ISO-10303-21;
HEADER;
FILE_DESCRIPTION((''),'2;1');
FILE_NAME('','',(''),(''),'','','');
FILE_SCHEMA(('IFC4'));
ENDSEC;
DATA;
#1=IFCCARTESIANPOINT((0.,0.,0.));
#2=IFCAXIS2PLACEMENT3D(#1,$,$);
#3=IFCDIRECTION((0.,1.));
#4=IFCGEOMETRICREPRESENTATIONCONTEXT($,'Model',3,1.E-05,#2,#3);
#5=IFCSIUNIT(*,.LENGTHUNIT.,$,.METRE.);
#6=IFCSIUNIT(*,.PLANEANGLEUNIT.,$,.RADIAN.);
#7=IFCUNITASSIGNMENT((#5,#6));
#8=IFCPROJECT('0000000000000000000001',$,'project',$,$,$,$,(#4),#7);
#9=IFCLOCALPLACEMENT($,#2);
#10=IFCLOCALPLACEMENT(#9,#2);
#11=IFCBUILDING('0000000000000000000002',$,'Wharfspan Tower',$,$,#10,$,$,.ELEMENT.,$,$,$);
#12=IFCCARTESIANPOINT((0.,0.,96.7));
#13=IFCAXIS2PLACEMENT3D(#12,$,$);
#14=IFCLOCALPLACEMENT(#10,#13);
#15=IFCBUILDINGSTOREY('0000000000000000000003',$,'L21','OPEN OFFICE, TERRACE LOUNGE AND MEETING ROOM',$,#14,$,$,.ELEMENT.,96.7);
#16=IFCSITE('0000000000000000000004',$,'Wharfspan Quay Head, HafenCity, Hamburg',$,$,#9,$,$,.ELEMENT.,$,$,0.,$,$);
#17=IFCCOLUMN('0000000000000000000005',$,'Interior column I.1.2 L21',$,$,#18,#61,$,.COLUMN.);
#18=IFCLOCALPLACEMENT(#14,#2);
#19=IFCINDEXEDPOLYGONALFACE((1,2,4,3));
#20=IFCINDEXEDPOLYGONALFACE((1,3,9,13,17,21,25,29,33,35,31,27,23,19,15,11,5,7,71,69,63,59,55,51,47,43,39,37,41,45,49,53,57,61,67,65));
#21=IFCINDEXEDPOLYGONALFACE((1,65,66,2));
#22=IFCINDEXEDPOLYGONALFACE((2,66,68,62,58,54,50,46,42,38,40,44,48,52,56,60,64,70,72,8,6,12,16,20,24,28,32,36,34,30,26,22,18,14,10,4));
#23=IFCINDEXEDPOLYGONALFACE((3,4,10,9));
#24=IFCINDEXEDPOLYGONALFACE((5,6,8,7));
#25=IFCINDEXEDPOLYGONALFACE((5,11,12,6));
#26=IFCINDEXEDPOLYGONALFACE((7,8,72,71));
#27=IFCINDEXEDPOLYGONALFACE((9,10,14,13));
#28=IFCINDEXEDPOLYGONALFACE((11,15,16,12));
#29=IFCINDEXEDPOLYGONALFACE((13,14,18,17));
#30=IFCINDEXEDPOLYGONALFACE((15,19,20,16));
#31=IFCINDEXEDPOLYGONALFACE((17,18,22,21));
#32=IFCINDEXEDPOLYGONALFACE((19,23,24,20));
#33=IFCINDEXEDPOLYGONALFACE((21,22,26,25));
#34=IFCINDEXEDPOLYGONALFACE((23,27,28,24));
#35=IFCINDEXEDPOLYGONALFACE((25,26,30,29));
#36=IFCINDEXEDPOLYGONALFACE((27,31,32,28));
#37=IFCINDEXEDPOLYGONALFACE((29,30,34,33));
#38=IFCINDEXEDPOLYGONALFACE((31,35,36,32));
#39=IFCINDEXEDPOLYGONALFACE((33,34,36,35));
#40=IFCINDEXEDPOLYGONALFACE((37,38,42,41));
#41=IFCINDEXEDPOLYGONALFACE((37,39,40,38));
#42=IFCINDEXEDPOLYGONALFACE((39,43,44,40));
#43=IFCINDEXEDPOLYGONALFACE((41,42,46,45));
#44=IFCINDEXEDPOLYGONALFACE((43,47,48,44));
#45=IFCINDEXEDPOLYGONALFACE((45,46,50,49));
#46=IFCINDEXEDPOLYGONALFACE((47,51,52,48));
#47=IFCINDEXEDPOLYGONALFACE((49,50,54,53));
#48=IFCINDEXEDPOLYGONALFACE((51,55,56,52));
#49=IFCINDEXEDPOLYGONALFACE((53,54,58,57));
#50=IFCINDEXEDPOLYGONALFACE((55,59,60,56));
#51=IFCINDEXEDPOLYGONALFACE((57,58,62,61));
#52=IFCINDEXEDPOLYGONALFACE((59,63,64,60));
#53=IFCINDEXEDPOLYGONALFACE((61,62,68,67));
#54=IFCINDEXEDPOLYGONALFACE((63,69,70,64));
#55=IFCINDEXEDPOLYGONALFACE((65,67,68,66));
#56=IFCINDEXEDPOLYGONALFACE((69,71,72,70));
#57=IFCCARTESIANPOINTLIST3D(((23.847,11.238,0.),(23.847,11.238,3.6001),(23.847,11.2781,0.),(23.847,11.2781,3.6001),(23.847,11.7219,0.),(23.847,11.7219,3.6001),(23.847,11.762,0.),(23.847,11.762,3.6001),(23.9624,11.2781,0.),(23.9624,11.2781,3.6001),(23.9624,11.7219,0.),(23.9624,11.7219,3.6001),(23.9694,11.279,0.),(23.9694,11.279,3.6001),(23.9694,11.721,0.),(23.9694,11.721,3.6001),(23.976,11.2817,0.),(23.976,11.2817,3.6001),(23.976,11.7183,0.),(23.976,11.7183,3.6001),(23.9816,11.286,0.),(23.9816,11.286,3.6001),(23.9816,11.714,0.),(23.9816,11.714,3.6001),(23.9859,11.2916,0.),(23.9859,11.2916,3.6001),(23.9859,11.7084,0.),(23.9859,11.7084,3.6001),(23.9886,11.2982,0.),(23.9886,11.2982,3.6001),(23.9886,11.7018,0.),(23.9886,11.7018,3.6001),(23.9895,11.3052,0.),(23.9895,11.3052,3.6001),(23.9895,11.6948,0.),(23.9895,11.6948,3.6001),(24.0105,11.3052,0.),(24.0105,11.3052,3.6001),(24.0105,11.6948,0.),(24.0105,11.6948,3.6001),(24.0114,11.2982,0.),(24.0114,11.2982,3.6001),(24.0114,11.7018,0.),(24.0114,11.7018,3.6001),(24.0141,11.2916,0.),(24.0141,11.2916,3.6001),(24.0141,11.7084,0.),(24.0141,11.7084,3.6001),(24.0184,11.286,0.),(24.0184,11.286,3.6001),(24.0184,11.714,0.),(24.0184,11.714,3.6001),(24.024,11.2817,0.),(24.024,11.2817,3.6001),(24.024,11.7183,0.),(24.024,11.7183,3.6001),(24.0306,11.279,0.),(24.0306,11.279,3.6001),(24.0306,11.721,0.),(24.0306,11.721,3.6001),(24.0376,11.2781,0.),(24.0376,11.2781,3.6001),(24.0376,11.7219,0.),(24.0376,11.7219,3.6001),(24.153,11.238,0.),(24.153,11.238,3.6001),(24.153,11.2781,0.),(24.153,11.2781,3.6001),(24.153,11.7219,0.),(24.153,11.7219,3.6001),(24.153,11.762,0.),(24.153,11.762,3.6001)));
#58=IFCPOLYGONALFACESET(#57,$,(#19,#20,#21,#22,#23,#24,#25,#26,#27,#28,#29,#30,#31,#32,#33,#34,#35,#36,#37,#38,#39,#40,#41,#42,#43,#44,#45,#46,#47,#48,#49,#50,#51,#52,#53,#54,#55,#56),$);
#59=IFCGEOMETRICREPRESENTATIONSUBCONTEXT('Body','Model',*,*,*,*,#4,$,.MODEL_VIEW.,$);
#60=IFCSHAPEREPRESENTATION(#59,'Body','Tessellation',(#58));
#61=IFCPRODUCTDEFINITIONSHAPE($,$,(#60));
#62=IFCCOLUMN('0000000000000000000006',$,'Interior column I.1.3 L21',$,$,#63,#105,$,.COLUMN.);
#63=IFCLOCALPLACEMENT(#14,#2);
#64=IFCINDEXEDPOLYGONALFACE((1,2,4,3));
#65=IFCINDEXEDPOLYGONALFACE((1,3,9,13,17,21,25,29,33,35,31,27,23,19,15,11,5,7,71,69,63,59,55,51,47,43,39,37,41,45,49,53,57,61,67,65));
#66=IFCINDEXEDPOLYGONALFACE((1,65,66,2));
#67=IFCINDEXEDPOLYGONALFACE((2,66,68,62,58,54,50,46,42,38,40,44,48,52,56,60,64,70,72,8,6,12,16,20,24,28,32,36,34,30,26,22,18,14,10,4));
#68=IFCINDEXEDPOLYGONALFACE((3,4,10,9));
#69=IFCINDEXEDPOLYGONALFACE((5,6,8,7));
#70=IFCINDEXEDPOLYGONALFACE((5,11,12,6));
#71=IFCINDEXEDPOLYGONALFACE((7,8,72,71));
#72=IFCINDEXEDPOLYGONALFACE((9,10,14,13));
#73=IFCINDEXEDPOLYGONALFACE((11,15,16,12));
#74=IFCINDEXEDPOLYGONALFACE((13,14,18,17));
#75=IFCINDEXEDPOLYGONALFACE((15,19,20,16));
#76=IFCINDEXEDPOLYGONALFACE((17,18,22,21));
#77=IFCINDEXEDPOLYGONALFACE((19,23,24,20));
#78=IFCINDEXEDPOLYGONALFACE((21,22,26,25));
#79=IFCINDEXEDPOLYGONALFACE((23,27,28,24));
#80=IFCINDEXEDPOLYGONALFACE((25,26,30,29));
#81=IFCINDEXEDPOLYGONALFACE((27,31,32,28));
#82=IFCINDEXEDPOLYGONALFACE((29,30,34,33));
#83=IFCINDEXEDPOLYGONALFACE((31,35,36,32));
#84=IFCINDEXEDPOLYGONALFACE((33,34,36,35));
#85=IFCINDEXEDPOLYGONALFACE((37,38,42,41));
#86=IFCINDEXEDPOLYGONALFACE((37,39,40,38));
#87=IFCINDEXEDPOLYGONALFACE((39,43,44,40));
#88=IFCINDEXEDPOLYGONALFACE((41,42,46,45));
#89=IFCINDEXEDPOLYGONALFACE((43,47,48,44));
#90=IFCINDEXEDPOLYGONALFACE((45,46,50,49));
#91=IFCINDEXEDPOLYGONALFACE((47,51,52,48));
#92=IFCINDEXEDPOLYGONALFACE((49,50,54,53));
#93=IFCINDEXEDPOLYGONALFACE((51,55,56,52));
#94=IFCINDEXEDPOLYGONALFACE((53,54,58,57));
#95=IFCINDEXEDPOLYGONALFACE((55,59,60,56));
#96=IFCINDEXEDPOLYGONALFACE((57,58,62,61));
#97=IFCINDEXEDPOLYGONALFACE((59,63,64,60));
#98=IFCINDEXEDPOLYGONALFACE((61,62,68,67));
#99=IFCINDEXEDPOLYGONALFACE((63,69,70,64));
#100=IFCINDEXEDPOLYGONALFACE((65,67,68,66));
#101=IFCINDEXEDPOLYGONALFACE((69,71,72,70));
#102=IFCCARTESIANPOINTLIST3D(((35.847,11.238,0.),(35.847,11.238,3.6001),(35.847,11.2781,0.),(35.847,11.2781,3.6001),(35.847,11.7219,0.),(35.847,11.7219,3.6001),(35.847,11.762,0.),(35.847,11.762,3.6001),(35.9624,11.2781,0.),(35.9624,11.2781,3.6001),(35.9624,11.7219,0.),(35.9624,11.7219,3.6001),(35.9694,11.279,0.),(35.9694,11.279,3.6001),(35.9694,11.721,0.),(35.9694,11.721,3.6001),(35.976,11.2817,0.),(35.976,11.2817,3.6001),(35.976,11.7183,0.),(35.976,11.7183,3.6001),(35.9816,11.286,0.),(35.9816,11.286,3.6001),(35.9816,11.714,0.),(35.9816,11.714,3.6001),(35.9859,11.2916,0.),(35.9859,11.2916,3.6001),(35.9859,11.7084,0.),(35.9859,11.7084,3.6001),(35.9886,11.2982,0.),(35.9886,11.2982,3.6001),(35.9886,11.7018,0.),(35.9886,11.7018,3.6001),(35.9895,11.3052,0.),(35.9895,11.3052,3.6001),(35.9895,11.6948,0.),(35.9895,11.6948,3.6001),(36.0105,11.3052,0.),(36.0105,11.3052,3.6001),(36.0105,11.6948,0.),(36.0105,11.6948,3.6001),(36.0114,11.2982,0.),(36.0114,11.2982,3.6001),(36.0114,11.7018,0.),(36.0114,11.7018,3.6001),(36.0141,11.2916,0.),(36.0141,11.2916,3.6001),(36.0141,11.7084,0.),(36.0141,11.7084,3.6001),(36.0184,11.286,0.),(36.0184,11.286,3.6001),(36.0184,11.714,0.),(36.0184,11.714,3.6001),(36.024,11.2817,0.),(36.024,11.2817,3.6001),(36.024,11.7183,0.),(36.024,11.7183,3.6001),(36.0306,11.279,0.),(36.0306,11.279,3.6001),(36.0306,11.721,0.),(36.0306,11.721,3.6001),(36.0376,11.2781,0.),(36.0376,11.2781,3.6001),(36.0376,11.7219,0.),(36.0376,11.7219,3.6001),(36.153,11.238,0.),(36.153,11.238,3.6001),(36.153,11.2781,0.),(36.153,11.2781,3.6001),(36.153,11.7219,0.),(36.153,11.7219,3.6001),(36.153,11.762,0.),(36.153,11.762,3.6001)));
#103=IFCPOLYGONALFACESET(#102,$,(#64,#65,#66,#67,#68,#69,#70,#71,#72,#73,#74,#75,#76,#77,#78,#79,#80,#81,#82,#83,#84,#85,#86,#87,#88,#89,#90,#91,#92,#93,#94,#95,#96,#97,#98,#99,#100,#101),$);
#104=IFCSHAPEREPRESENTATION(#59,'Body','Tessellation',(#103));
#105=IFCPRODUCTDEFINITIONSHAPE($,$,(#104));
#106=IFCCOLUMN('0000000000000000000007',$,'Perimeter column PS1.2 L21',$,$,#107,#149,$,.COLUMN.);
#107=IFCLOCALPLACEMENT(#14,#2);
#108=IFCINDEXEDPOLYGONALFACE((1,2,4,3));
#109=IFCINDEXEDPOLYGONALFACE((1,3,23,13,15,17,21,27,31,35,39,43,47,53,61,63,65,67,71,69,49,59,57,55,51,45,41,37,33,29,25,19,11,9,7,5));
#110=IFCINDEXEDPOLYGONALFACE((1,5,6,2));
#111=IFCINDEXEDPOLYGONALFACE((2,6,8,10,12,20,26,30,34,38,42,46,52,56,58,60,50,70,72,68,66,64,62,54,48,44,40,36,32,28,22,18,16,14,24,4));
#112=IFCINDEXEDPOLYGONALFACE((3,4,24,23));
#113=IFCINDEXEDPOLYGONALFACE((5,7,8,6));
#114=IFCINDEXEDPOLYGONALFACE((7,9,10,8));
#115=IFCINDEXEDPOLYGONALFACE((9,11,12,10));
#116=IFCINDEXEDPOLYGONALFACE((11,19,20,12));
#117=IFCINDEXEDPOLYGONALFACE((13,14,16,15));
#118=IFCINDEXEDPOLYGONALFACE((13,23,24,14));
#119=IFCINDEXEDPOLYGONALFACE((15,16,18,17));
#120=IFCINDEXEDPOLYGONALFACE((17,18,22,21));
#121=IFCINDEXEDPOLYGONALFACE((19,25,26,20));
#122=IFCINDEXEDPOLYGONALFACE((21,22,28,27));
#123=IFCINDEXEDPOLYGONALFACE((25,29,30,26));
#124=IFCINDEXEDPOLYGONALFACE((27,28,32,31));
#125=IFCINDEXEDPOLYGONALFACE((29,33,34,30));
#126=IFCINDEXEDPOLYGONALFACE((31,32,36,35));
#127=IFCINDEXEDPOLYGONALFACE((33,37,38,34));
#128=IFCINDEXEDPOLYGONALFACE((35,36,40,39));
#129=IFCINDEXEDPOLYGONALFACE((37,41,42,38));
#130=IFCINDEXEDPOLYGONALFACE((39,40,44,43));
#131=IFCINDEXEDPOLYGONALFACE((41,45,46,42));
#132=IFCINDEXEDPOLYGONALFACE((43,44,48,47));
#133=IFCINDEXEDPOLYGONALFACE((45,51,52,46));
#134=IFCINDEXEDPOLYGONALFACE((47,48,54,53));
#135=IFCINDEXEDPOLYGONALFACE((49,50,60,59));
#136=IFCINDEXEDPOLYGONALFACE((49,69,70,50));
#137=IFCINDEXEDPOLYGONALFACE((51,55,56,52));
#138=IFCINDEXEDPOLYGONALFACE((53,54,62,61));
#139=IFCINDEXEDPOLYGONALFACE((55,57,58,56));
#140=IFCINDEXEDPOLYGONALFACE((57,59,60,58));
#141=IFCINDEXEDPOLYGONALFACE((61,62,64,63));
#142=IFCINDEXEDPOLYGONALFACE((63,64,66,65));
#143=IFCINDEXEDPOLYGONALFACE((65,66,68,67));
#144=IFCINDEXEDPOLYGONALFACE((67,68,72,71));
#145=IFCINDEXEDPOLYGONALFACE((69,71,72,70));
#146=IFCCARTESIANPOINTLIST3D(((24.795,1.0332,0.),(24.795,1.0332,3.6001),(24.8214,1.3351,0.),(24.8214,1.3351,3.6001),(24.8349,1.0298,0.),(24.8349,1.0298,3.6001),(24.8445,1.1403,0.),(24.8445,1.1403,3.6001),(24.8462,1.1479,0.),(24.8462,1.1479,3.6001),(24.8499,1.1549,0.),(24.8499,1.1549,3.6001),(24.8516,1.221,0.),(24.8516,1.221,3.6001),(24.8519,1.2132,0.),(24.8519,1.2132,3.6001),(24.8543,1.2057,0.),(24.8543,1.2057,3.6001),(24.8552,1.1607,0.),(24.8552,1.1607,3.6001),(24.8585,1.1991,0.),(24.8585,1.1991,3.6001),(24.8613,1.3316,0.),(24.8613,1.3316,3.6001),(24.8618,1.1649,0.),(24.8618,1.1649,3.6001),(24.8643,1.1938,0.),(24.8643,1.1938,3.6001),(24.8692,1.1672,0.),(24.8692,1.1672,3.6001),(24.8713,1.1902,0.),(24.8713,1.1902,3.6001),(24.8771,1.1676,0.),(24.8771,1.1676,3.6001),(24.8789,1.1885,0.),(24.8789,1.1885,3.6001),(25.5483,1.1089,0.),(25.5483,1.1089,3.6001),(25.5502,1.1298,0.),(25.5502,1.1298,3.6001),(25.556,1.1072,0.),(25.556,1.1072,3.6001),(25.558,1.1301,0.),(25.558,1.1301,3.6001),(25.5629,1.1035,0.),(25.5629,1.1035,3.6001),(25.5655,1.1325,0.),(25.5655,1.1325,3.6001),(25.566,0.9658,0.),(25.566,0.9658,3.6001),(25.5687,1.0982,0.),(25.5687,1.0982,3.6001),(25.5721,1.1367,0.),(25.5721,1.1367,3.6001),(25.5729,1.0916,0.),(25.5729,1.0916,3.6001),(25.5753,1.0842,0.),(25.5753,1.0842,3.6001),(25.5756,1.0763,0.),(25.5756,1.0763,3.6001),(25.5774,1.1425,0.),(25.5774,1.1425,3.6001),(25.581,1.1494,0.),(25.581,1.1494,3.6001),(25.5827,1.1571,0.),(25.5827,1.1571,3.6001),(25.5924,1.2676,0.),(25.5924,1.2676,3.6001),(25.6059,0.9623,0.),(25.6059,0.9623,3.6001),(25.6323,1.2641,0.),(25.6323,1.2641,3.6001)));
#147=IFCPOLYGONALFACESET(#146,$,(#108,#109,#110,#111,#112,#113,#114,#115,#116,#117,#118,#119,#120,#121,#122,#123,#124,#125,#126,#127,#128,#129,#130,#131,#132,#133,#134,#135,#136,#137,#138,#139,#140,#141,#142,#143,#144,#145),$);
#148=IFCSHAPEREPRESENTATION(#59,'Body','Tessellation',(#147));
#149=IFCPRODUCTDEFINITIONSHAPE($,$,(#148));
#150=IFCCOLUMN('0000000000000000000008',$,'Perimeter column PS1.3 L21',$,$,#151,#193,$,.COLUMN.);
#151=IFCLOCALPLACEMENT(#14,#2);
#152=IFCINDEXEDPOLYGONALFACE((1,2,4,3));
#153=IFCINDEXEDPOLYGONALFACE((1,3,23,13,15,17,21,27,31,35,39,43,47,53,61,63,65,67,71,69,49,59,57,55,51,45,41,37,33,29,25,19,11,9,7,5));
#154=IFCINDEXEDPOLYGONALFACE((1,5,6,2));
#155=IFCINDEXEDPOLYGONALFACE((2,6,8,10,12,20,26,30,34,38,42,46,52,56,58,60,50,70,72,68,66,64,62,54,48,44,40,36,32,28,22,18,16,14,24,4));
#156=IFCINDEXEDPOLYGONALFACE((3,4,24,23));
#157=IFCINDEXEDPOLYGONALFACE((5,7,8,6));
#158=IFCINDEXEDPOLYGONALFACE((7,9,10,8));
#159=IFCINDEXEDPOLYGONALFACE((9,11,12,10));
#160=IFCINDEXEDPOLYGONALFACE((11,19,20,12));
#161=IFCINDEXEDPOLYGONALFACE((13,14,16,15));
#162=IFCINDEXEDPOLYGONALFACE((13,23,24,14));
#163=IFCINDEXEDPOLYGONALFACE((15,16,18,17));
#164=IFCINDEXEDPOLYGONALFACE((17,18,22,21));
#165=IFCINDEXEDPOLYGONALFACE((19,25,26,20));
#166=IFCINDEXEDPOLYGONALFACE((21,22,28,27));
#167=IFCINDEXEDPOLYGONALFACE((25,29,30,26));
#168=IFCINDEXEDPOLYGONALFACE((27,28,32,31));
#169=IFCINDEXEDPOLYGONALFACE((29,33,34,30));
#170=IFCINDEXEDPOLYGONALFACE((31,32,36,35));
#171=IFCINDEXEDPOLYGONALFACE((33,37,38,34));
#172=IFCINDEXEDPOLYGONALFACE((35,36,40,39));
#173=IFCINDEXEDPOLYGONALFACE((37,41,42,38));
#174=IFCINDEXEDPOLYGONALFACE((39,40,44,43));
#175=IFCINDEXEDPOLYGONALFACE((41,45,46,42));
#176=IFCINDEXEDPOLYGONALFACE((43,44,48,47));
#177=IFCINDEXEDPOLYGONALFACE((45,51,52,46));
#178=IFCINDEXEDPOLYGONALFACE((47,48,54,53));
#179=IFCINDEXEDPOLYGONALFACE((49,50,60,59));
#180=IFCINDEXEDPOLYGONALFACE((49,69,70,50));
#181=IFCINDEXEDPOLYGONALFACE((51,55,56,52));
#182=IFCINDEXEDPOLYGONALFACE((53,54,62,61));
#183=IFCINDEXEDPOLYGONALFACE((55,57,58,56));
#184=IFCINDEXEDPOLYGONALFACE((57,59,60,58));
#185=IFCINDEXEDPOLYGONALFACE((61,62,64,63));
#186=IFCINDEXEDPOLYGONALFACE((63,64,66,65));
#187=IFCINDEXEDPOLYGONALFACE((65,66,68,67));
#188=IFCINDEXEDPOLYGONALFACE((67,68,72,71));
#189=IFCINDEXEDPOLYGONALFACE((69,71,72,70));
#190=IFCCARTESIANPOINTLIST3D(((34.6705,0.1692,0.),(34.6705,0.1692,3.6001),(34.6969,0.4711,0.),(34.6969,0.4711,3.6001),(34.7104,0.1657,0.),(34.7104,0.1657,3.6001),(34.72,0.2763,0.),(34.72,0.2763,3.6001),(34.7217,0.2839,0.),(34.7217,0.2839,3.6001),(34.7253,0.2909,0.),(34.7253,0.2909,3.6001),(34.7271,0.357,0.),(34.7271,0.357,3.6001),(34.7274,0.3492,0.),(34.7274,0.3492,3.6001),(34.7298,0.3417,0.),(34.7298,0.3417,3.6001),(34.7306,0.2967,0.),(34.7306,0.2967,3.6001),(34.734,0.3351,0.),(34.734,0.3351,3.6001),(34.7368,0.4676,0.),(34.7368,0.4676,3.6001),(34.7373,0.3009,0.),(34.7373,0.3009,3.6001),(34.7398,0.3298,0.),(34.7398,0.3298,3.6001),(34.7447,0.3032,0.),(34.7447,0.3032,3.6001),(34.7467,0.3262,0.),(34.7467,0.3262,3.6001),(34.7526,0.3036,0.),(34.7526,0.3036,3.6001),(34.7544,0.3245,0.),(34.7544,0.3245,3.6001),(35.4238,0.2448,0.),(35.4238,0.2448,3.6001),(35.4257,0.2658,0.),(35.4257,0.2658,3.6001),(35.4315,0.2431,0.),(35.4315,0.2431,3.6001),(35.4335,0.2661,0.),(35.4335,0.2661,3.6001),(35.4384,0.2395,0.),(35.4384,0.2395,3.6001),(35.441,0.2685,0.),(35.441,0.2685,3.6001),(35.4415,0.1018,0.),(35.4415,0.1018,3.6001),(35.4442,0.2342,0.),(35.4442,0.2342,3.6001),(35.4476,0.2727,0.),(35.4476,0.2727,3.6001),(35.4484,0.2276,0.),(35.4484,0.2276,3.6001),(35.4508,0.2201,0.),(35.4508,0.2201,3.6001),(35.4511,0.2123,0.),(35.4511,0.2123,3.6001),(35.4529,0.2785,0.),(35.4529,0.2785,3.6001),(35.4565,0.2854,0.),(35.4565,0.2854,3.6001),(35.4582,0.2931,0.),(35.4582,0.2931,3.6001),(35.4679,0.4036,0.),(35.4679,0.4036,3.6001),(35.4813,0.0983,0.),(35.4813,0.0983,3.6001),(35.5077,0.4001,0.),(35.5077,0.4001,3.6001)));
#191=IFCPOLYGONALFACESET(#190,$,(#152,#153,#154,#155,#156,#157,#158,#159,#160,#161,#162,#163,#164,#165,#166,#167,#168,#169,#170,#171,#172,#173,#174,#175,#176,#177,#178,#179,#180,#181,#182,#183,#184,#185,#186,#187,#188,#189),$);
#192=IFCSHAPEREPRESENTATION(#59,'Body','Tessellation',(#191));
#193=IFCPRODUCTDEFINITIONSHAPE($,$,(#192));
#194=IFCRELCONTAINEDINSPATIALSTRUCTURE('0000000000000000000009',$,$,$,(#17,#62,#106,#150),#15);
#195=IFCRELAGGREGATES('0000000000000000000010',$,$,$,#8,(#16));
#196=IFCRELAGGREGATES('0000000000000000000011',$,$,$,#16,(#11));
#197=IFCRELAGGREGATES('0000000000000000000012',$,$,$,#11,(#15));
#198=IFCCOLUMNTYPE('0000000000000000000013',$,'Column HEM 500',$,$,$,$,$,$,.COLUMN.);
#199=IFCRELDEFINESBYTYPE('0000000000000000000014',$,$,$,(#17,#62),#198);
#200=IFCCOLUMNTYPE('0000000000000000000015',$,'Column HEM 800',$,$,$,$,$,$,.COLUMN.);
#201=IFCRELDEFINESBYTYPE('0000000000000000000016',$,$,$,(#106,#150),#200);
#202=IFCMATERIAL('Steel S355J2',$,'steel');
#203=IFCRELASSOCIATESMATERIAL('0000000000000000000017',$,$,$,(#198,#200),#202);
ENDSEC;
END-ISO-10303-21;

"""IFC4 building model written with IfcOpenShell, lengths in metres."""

from ifc_helpers import new_model, si_unit, direction, frame, origin, origin_2d, place, context, subcontext, project, spatial, i_section, extrude, material, material_profile, profile_set, type_object, element, save


model = new_model("IFC4")

# Units and contexts
model_context = context("Model", 3, precision=1e-05, world=origin(), true_north=direction((0.0, 1.0)))
body_context = subcontext(model_context, "Body", "Model", "MODEL_VIEW")
ifc_project = project(units=[si_unit("LENGTHUNIT", "METRE"), si_unit("PLANEANGLEUNIT", "RADIAN")], contexts=[model_context])

# Site, building, storey
site_placement = place(None, origin())
site = spatial("IfcSite", under=ifc_project, at=site_placement, Name="Wharfspan Quay Head, HafenCity, Hamburg", CompositionType="ELEMENT", RefElevation=0.0)
building_placement = place(site_placement, origin())
building = spatial("IfcBuilding", under=site, at=building_placement, Name="Wharfspan Tower", CompositionType="ELEMENT")
storey_placement = place(building_placement, frame((0.0, 0.0, 96.7)))
storey = spatial("IfcBuildingStorey", under=building, at=storey_placement, Name="L21", Description="OPEN OFFICE, TERRACE LOUNGE AND MEETING ROOM", CompositionType="ELEMENT", Elevation=96.7)

# Columns
ifc_material_1 = material(Name="Steel S355J2", Category="steel")
ifc_material_profile_1 = material_profile(ifc_material_1, i_section(OverallWidth=0.3059, OverallDepth=0.5239, WebThickness=0.021, FlangeThickness=0.04, FilletRadius=0.0271, at=origin_2d()))
ifc_profile_set_1 = profile_set([ifc_material_profile_1], Name="Steel S355J2")
column_type_1 = type_object("IfcColumnType", Name="Column HEM 500", PredefinedType="COLUMN", material=ifc_profile_set_1)
for number, where, z_axis, x_axis, name in (
    (1, (24.0, 11.5, 0.0), (0.0, 0.0, 1.0), (1.0, 0.0, 0.0), "Interior column I.1.2 L21"),
    (2, (36.0, 11.5, 0.0), (0.0, 0.0, 1.0), (1.0, 0.0, 0.0), "Interior column I.1.3 L21"),
):
    element("IfcColumn", number, at=place(storey_placement, frame(where, z_axis=z_axis, x_axis=x_axis)), inside=storey, type_object=column_type_1, Name=name, PredefinedType="COLUMN", context=body_context, shape_type="SweptSolid", body=[
        extrude(i_section(OverallWidth=0.3059, OverallDepth=0.5239, WebThickness=0.021, FlangeThickness=0.04, FilletRadius=0.0271, at=origin_2d()), origin(), (0.0, 0.0, 1.0), 3.6001),
    ])
ifc_material_profile_2 = material_profile(ifc_material_1, i_section(OverallWidth=0.303, OverallDepth=0.814, WebThickness=0.021, FlangeThickness=0.04, FilletRadius=0.03, at=origin_2d()))
ifc_profile_set_2 = profile_set([ifc_material_profile_2], Name="Steel S355J2")
column_type_2 = type_object("IfcColumnType", Name="Column HEM 800", PredefinedType="COLUMN", material=ifc_profile_set_2)
for number, where, z_axis, x_axis, name in (
    (3, (25.2136, 1.1487, 0.0), (0.0, 0.0, 1.0), (-0.087156, -0.996198, 0.0), "Perimeter column PS1.2 L21"),
    (4, (35.0891, 0.2847, 0.0), (0.0, 0.0, 1.0), (-0.087156, -0.996198, 0.0), "Perimeter column PS1.3 L21"),
):
    element("IfcColumn", number, at=place(storey_placement, frame(where, z_axis=z_axis, x_axis=x_axis)), inside=storey, type_object=column_type_2, Name=name, PredefinedType="COLUMN", context=body_context, shape_type="SweptSolid", body=[
        extrude(i_section(OverallWidth=0.303, OverallDepth=0.814, WebThickness=0.021, FlangeThickness=0.04, FilletRadius=0.03, at=origin_2d()), origin(), (0.0, 0.0, 1.0), 3.6001),
    ])

save(model, "model.ifc")
